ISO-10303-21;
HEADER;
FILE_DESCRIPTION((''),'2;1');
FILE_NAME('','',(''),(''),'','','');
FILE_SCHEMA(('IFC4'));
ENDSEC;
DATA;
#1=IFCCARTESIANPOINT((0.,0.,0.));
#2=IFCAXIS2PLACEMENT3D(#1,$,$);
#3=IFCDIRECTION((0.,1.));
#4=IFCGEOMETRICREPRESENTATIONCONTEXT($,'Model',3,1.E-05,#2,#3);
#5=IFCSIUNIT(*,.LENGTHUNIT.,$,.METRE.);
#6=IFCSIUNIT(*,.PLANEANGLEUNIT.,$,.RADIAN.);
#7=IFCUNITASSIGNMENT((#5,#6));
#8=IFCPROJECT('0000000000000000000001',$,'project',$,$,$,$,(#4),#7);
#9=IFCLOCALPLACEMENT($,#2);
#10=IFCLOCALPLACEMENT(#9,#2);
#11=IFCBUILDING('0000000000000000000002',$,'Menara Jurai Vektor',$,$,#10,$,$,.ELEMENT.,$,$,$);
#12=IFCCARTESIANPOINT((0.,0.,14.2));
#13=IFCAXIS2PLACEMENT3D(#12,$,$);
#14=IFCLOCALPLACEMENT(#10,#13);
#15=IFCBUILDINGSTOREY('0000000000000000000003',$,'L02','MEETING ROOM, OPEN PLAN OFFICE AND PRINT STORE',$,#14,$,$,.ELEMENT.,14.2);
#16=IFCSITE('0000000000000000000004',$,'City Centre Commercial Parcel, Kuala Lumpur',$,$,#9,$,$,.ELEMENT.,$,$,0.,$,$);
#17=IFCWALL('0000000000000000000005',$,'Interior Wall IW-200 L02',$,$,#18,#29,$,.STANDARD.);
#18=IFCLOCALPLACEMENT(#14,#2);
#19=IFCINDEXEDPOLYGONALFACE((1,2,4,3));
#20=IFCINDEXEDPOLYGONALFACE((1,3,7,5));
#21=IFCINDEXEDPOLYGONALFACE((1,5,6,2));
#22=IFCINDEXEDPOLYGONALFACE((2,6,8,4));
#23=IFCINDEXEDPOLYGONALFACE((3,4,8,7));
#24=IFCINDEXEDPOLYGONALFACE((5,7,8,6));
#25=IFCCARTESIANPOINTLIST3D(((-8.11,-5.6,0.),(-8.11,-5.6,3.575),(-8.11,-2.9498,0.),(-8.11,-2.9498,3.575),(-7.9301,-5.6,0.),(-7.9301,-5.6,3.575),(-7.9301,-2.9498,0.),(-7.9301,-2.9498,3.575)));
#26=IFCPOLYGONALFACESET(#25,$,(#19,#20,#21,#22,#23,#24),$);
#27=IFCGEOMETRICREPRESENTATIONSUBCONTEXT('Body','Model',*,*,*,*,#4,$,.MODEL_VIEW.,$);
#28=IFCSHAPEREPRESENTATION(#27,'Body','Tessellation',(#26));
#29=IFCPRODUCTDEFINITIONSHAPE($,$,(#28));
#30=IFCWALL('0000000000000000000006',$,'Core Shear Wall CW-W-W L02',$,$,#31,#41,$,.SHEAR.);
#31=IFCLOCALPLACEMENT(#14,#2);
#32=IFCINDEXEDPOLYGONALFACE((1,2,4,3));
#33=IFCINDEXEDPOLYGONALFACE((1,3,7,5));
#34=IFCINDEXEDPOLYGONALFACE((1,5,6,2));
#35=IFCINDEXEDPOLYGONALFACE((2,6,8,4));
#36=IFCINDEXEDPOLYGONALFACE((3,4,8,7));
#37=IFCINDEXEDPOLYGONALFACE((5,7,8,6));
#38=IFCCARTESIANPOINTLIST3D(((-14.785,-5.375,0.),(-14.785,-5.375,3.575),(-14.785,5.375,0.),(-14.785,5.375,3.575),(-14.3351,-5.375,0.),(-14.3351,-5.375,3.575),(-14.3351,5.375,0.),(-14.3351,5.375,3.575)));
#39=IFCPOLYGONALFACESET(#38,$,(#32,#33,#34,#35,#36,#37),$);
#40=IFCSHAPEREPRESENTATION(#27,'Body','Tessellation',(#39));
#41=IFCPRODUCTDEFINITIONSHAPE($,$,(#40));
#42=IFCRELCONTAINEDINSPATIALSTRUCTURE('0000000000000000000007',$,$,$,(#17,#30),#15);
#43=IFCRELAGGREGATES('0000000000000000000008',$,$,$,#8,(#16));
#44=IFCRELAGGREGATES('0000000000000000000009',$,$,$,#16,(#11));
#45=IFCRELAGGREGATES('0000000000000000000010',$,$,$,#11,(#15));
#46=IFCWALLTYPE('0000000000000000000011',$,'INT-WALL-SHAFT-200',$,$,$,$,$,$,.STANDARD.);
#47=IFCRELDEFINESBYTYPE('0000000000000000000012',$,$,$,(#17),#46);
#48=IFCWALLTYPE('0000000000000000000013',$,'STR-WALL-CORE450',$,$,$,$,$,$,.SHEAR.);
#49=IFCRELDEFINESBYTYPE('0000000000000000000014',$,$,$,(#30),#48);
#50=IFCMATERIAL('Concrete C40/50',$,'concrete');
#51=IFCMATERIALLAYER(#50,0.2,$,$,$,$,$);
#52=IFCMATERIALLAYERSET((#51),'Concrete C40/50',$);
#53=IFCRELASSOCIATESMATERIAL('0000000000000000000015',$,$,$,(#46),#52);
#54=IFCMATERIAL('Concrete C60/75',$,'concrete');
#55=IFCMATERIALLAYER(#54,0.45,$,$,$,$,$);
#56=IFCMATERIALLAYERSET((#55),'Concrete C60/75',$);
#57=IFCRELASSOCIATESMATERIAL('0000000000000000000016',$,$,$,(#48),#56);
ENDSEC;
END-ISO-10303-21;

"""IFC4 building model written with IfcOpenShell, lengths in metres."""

from ifc_helpers import new_model, si_unit, direction, frame, frame_2d, origin, place, context, subcontext, project, spatial, rectangle, extrude, material, layer, layer_set, type_object, element, save


model = new_model("IFC4")

# Units and contexts
model_context = context("Model", 3, precision=1e-05, world=origin(), true_north=direction((0.0, 1.0)))
body_context = subcontext(model_context, "Body", "Model", "MODEL_VIEW")
ifc_project = project(units=[si_unit("LENGTHUNIT", "METRE"), si_unit("PLANEANGLEUNIT", "RADIAN")], contexts=[model_context])

# Site, building, storey
site_placement = place(None, origin())
site = spatial("IfcSite", under=ifc_project, at=site_placement, Name="City Centre Commercial Parcel, Kuala Lumpur", CompositionType="ELEMENT", RefElevation=0.0)
building_placement = place(site_placement, origin())
building = spatial("IfcBuilding", under=site, at=building_placement, Name="Menara Jurai Vektor", CompositionType="ELEMENT")
storey_placement = place(building_placement, frame((0.0, 0.0, 14.2)))
storey = spatial("IfcBuildingStorey", under=building, at=storey_placement, Name="L02", Description="MEETING ROOM, OPEN PLAN OFFICE AND PRINT STORE", CompositionType="ELEMENT", Elevation=14.2)

# Shared definitions
ifc_material_1 = material(Name="Concrete C60/75", Category="concrete")

# Shared definitions
ifc_material_2 = material(Name="Concrete C40/50", Category="concrete")

# Shared definitions
ifc_layer_1 = layer(ifc_material_2, 0.2)
ifc_layer_set_1 = layer_set([ifc_layer_1], Name="Concrete C40/50")
wall_type_1 = type_object("IfcWallType", Name="INT-WALL-SHAFT-200", PredefinedType="STANDARD", material=ifc_layer_set_1)

# Walls
for number, where, z_axis, x_axis, name in (
    (1, (-8.02, -5.6001, 0.0), (0.0, 0.0, 1.0), (0.0, 1.0, 0.0), "Interior Wall IW-200 L02"),
):
    element("IfcWall", number, at=place(storey_placement, frame(where, z_axis=z_axis, x_axis=x_axis)), inside=storey, type_object=wall_type_1, Name=name, PredefinedType="STANDARD", context=body_context, shape_type="SweptSolid", body=[
        extrude(rectangle(XDim=2.6501, YDim=0.1799, at=frame_2d((1.3252, 0.0))), origin(), (0.0, 0.0, 1.0), 3.575),
    ])
ifc_layer_2 = layer(ifc_material_1, 0.45)
ifc_layer_set_2 = layer_set([ifc_layer_2], Name="Concrete C60/75")
wall_type_2 = type_object("IfcWallType", Name="STR-WALL-CORE450", PredefinedType="SHEAR", material=ifc_layer_set_2)
wall_1_placement = place(storey_placement, frame((-14.5601, -5.375, 0.0), z_axis=(0.0, 0.0, 1.0), x_axis=(0.0, 1.0, 0.0)))
element("IfcWall", 2, at=wall_1_placement, inside=storey, type_object=wall_type_2, Name="Core Shear Wall CW-W-W L02", PredefinedType="SHEAR", context=body_context, shape_type="SweptSolid", body=[
    extrude(rectangle(XDim=10.75, YDim=0.45, at=frame_2d((5.375, 0.0))), origin(), (0.0, 0.0, 1.0), 3.575),
])

save(model, "model.ifc")
